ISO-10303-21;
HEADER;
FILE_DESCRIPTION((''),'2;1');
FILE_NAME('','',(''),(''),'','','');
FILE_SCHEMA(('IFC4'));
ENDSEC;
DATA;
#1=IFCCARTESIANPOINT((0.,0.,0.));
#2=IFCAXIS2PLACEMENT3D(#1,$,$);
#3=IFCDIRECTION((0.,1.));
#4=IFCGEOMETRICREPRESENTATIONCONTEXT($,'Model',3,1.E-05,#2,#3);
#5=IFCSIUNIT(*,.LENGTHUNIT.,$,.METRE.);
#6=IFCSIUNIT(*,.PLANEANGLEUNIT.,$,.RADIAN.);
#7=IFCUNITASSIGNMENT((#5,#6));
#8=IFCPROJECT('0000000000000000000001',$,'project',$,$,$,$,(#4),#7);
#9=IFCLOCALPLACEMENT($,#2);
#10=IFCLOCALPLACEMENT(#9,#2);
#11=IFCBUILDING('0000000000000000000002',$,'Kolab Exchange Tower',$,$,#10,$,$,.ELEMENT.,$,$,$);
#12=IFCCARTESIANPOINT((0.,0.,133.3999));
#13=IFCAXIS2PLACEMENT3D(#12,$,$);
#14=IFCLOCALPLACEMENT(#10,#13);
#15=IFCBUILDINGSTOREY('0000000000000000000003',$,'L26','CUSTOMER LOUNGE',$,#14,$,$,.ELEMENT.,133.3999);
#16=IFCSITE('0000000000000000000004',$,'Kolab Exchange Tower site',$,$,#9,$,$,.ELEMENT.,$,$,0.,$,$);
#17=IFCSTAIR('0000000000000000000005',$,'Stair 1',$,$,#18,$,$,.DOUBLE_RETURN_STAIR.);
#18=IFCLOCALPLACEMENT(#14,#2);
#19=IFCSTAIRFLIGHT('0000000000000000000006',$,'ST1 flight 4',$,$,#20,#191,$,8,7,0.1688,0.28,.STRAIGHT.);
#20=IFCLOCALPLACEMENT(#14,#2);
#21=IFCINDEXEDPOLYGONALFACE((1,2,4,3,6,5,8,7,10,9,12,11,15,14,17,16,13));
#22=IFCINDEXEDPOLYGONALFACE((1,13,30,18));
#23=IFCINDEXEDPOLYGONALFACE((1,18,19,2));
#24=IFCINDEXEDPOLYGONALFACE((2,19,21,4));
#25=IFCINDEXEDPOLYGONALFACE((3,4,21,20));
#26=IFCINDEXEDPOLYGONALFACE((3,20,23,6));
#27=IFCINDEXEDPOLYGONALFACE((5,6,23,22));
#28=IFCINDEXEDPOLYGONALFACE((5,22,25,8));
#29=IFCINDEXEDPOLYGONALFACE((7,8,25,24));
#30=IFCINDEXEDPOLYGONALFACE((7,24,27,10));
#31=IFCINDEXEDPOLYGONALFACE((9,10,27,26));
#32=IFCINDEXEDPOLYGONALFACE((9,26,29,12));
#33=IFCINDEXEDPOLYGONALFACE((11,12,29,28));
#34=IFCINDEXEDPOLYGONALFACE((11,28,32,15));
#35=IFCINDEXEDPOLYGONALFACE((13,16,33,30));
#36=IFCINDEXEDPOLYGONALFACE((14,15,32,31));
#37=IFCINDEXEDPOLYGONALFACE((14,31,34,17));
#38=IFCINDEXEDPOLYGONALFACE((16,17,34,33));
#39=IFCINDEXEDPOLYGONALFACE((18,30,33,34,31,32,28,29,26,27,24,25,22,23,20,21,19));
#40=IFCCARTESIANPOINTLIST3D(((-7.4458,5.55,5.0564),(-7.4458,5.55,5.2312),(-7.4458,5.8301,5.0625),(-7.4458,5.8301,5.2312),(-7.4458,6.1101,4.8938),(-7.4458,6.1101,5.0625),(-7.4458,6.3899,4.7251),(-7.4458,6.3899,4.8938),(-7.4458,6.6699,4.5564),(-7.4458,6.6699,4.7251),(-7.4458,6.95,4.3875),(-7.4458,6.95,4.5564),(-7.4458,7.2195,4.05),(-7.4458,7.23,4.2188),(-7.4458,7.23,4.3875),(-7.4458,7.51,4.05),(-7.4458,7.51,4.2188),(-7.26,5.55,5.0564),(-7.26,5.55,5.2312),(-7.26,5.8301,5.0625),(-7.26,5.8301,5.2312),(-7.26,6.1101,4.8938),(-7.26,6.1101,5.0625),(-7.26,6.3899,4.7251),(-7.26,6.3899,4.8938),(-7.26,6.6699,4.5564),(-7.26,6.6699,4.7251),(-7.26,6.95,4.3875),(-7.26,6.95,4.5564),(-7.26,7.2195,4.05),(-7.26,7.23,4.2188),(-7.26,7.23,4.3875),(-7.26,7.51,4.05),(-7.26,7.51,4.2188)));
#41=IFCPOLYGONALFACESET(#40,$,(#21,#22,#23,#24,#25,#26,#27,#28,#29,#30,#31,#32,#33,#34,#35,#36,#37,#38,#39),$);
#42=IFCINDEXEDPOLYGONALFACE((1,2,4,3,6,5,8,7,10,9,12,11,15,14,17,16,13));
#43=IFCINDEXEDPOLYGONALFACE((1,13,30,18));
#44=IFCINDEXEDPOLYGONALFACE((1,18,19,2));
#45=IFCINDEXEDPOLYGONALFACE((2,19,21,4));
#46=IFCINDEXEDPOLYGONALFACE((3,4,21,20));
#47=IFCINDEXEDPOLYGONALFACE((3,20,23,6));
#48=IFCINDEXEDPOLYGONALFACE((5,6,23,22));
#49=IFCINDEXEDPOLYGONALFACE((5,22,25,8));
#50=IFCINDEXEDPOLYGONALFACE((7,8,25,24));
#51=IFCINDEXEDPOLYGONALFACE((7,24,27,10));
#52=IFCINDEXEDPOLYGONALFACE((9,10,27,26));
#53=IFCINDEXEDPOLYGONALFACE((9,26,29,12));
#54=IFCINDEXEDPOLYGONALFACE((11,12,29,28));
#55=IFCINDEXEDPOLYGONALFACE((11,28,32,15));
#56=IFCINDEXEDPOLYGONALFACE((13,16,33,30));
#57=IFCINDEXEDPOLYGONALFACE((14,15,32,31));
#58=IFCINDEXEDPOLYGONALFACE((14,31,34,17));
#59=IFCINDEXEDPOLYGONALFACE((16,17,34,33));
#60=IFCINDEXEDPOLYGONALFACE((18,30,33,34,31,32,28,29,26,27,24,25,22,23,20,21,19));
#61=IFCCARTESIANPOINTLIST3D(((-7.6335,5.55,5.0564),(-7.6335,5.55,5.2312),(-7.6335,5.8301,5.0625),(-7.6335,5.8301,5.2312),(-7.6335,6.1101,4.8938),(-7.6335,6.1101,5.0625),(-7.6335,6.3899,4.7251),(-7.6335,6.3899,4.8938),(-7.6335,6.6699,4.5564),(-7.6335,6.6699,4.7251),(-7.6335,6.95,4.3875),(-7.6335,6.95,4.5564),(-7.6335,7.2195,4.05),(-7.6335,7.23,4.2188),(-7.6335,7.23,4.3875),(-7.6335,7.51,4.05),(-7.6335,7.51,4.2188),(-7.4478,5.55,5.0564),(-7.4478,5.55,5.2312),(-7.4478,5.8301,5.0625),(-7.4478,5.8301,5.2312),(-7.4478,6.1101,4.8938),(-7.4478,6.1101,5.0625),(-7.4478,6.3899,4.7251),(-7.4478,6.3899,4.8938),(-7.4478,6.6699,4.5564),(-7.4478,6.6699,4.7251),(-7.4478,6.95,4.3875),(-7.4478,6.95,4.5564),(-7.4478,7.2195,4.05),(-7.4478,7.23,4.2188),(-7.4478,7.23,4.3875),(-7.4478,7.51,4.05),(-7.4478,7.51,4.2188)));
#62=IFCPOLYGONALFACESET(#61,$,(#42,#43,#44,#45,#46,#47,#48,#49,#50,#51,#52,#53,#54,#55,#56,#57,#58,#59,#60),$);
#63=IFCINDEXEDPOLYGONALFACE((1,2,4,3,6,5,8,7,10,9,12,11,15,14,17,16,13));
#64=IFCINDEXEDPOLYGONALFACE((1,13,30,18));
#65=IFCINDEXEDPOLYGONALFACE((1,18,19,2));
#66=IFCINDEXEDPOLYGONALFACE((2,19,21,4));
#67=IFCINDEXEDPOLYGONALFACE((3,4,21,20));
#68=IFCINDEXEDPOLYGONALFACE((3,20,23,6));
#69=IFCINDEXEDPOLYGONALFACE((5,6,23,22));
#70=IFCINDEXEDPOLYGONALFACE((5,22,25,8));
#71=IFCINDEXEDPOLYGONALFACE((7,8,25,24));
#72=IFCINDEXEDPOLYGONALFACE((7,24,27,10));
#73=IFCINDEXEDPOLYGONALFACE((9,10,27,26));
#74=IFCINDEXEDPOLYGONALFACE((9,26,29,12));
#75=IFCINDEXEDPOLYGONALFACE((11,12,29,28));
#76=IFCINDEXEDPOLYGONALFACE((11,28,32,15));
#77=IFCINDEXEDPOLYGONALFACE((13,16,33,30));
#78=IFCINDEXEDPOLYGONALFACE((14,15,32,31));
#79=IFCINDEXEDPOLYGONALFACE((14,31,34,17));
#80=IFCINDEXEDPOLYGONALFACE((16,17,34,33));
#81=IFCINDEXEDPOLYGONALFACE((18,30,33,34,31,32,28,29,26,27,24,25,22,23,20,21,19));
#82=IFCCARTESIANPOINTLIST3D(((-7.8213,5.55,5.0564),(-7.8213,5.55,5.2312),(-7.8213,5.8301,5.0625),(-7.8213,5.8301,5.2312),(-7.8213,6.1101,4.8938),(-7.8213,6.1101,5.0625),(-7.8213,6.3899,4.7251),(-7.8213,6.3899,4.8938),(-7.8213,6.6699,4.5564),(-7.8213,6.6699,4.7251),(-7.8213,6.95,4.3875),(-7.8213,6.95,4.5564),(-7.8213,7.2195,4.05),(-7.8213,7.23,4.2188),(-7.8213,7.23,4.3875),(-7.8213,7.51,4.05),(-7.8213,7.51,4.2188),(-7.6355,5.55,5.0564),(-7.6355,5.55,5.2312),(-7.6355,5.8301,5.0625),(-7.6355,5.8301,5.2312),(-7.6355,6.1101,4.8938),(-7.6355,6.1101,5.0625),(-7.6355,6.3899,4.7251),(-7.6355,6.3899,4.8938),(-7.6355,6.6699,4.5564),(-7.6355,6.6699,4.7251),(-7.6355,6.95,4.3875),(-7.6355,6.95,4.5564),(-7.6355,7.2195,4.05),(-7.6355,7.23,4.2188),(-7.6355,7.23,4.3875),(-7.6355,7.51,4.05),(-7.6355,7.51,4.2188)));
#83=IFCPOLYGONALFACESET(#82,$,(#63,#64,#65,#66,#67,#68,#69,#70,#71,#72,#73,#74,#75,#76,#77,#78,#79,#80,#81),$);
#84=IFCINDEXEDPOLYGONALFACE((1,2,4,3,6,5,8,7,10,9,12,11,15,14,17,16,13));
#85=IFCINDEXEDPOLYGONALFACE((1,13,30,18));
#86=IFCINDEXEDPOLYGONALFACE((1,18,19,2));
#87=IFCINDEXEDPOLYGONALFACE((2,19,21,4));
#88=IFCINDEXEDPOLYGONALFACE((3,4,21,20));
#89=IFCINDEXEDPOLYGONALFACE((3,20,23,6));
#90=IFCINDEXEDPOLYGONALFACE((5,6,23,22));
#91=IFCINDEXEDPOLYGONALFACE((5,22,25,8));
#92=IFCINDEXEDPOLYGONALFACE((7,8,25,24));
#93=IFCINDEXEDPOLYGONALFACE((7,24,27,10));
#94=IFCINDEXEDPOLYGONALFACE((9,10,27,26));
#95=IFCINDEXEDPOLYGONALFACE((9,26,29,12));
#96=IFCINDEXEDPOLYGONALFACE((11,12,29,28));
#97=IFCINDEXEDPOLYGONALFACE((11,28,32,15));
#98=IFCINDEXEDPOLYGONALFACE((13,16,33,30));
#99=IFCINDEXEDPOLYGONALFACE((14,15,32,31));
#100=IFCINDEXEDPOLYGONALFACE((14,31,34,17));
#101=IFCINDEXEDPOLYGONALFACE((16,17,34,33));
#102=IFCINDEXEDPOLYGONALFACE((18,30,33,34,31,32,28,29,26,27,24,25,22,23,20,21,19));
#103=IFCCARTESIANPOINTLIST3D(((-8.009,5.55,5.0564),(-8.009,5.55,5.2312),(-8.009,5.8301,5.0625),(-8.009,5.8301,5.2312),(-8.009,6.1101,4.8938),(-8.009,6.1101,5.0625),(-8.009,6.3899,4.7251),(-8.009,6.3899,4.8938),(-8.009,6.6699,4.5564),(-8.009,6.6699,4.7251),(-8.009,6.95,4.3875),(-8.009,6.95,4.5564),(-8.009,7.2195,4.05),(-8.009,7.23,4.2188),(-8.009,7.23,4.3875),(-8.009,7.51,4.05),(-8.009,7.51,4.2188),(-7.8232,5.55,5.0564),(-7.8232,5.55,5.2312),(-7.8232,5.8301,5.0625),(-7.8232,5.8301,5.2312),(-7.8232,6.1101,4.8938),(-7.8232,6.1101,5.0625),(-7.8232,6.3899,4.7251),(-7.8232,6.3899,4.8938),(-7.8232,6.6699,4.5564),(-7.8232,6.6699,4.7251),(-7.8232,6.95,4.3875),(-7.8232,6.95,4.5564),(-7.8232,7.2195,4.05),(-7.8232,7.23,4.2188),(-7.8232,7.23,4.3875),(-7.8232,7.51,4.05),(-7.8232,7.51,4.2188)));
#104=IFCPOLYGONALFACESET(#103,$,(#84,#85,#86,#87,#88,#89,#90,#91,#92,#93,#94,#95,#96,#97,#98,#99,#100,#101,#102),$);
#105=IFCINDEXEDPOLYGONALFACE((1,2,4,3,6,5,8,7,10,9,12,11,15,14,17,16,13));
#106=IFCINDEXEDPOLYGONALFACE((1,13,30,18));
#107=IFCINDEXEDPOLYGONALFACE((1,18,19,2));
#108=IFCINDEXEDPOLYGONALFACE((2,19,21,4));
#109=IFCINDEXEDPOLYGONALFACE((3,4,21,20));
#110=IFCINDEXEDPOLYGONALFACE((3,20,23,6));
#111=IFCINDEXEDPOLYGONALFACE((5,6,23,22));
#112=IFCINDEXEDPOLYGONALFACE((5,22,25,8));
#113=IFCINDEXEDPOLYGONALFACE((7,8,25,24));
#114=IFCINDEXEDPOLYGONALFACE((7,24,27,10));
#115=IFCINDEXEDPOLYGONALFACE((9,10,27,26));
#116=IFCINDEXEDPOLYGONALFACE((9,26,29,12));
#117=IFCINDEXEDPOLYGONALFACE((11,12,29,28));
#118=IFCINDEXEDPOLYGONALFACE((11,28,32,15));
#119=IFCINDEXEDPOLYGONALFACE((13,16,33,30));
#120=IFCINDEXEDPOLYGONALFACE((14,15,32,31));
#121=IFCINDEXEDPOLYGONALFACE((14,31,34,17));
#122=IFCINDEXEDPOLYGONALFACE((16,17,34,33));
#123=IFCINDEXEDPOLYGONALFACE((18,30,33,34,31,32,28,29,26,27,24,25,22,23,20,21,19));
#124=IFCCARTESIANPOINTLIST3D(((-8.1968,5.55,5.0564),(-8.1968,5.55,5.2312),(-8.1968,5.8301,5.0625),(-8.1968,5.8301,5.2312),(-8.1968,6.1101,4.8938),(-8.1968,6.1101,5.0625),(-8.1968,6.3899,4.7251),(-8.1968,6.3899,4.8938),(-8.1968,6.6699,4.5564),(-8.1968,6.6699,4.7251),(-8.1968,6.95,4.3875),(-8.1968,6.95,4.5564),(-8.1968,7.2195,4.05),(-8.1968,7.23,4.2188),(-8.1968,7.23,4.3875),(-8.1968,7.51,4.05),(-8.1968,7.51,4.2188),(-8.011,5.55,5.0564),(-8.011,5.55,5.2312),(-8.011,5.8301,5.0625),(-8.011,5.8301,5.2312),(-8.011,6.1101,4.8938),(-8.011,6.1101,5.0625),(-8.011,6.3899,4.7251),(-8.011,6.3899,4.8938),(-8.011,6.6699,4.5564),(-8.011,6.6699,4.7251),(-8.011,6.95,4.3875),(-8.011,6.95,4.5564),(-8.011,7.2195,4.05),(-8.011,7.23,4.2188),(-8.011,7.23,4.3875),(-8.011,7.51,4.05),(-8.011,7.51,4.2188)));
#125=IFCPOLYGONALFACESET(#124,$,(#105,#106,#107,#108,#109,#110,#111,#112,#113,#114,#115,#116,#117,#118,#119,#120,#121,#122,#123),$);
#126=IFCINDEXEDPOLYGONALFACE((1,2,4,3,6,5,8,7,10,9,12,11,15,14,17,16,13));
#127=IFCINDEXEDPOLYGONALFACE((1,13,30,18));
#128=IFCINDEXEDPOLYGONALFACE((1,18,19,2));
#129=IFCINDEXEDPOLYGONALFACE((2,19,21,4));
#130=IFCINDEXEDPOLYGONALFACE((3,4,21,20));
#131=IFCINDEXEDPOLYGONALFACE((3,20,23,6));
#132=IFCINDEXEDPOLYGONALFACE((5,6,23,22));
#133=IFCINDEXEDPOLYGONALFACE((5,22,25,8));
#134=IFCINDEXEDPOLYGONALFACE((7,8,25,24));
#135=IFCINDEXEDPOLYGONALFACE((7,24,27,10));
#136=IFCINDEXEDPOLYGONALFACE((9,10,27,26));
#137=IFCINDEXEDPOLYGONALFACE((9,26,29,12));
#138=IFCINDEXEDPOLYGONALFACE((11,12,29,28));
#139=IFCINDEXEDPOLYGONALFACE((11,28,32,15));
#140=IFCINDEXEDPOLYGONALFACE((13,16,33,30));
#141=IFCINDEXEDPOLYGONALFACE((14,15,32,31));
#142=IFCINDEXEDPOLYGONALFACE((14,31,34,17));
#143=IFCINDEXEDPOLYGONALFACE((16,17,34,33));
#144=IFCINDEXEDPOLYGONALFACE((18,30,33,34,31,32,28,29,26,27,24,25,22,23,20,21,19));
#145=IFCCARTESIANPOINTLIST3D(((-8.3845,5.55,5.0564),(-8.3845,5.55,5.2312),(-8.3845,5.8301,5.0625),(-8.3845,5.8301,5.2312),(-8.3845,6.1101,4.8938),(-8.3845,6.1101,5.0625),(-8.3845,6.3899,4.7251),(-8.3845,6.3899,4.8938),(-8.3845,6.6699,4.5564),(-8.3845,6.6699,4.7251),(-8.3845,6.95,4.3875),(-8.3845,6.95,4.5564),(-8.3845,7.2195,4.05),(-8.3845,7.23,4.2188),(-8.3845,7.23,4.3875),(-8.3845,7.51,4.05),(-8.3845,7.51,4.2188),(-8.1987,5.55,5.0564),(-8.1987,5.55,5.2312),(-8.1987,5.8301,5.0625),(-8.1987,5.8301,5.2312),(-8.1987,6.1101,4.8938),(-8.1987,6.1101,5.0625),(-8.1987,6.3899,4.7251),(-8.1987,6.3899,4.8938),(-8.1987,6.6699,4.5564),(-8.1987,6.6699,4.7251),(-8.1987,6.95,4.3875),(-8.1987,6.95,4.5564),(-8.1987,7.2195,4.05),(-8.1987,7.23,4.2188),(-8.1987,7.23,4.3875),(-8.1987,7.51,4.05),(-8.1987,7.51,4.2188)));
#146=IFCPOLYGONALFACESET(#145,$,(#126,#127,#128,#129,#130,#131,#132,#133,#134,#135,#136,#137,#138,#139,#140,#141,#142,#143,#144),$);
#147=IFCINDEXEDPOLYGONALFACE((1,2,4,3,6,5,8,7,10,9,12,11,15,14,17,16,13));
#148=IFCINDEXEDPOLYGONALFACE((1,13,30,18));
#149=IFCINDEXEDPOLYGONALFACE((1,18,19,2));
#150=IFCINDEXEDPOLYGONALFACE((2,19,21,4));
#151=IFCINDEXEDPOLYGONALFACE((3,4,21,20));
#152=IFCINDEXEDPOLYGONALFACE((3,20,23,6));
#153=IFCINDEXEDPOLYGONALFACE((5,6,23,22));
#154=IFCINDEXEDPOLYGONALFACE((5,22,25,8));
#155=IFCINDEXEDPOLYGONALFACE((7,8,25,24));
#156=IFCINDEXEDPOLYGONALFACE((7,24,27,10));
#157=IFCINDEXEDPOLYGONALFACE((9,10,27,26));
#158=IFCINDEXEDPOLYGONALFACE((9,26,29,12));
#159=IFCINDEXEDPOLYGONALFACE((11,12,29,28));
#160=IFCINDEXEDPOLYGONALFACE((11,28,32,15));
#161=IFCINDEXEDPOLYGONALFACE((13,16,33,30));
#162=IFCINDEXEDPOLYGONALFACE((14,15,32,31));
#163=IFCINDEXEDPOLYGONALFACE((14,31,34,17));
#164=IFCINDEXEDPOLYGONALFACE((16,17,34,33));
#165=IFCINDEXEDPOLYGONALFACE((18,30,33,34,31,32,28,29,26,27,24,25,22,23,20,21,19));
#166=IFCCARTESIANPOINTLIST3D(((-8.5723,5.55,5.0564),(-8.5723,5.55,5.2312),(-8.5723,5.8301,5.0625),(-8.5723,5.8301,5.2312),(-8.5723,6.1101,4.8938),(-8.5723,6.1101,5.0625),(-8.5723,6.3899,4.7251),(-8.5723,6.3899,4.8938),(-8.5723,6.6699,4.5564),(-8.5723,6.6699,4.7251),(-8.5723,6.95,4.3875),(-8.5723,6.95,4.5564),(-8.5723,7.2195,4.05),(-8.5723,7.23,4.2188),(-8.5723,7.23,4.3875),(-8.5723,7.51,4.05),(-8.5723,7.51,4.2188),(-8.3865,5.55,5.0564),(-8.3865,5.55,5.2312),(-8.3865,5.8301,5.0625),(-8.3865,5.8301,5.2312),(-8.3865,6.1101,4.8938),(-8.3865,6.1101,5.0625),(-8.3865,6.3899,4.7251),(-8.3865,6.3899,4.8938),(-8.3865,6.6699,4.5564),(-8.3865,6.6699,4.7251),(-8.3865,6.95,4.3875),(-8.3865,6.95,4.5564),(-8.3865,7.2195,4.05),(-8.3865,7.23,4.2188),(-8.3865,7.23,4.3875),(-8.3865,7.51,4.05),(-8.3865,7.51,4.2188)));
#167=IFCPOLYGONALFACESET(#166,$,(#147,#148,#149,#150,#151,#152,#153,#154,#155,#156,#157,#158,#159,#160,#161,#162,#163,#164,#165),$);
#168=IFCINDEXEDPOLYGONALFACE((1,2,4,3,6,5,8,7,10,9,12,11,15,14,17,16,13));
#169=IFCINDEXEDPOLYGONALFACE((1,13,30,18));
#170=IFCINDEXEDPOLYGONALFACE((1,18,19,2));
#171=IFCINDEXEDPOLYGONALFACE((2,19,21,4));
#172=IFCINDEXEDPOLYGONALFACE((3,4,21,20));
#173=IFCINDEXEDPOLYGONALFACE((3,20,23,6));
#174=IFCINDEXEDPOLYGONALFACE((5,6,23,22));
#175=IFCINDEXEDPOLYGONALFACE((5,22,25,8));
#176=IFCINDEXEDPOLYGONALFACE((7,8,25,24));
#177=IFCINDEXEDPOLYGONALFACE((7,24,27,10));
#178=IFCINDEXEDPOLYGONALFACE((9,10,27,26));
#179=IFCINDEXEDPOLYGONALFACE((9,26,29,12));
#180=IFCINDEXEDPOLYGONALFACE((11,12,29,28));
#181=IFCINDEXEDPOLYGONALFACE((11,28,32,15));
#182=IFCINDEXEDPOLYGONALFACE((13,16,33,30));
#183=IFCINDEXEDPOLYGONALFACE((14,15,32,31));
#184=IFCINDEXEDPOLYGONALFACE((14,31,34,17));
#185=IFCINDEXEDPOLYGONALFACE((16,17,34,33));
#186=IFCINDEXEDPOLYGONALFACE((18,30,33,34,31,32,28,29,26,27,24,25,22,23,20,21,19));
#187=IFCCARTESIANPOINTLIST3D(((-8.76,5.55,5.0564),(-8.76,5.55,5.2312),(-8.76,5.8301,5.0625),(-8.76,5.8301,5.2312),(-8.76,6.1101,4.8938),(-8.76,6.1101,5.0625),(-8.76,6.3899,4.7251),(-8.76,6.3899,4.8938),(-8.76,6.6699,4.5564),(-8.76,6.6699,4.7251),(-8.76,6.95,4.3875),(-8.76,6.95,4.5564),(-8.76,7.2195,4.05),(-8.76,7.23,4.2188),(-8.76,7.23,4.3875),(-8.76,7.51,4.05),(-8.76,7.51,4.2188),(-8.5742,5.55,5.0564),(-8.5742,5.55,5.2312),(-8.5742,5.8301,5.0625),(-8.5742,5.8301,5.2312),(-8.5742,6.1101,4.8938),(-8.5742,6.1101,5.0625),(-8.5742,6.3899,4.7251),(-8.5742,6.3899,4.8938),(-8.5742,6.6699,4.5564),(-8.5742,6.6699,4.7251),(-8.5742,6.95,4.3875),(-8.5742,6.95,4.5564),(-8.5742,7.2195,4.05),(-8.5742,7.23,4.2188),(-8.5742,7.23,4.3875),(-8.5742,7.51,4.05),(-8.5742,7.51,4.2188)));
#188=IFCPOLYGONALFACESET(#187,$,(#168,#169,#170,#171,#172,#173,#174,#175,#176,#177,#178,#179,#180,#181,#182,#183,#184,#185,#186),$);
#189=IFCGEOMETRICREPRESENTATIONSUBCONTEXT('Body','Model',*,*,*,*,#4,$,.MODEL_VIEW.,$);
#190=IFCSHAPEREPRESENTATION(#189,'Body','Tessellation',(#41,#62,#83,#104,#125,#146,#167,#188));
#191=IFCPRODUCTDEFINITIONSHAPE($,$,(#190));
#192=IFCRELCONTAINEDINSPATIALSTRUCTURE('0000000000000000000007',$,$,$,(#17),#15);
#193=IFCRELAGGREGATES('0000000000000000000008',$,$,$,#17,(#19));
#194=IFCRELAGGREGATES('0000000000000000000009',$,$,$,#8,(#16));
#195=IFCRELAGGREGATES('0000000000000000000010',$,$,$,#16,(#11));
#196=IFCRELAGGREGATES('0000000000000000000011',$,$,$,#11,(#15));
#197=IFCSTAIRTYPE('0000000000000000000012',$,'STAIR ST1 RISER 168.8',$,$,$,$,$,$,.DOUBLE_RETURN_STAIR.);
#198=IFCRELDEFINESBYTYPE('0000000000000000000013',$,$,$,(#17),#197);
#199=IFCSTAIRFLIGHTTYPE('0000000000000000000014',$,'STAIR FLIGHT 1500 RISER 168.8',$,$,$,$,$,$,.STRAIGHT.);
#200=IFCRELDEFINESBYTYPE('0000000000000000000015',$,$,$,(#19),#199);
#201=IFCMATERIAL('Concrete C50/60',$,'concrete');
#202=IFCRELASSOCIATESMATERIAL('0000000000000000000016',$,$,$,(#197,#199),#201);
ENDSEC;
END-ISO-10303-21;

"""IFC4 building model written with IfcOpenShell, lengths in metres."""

from ifc_helpers import new_model, si_unit, direction, frame, origin, place, context, subcontext, project, spatial, polyline, outline, extrude, material, type_object, element, aggregate, save


model = new_model("IFC4")

# Units and contexts
model_context = context("Model", 3, precision=1e-05, world=origin(), true_north=direction((0.0, 1.0)))
body_context = subcontext(model_context, "Body", "Model", "MODEL_VIEW")
ifc_project = project(units=[si_unit("LENGTHUNIT", "METRE"), si_unit("PLANEANGLEUNIT", "RADIAN")], contexts=[model_context])

# Site, building, storey
site_placement = place(None, origin())
site = spatial("IfcSite", under=ifc_project, at=site_placement, Name="Kolab Exchange Tower site", CompositionType="ELEMENT", RefElevation=0.0)
building_placement = place(site_placement, origin())
building = spatial("IfcBuilding", under=site, at=building_placement, Name="Kolab Exchange Tower", CompositionType="ELEMENT")
storey_placement = place(building_placement, frame((0.0, 0.0, 133.3999)))
storey = spatial("IfcBuildingStorey", under=building, at=storey_placement, Name="L26", Description="CUSTOMER LOUNGE", CompositionType="ELEMENT", Elevation=133.3999)

# Shared definitions
ifc_material_1 = material(Name="Concrete C50/60", Category="concrete")

# Stair, stair flight
stair_type = type_object("IfcStairType", Name="STAIR ST1 RISER 168.8", PredefinedType="DOUBLE_RETURN_STAIR", material=ifc_material_1)
stair_placement = place(storey_placement, origin())
stair = element("IfcStair", 1, at=stair_placement, inside=storey, type_object=stair_type, Name="Stair 1", PredefinedType="DOUBLE_RETURN_STAIR")
stair_flight_type = type_object("IfcStairFlightType", Name="STAIR FLIGHT 1500 RISER 168.8", PredefinedType="STRAIGHT", material=ifc_material_1)
stair_flight_1_placement = place(storey_placement, frame((-8.01, 7.51, 4.05), z_axis=(0.0, 0.0, 1.0), x_axis=(0.0, -1.0, 0.0)))
stair_flight_1 = element("IfcStairFlight", 2, at=stair_flight_1_placement, type_object=stair_flight_type, Name="ST1 flight 4", NumberOfRisers=8, NumberOfTreads=7, PredefinedType="STRAIGHT", RiserHeight=0.1688, TreadLength=0.28, context=body_context, shape_type="SweptSolid", body=[
    extrude(outline(polyline([(0.0, 0.0), (0.0, 0.1687), (0.28, 0.1687), (0.28, 0.3374), (0.5601, 0.3374), (0.5601, 0.5063), (0.8401, 0.5063), (0.8401, 0.675), (1.1201, 0.675), (1.1201, 0.8438), (1.3999, 0.8438), (1.3999, 1.0125), (1.6799, 1.0125), (1.6799, 1.1812), (1.96, 1.1812), (1.96, 1.3501), (1.96, 1.0063), (0.2905, 0.0), (0.0, 0.0)])), frame((0.0, 0.75, 0.0), z_axis=(0.0, -1.0, 0.0), x_axis=(1.0, 0.0, 0.0)), (0.0, 0.0, 1.0), 0.1858),
    extrude(outline(polyline([(0.0, 0.0), (0.0, 0.1687), (0.28, 0.1687), (0.28, 0.3374), (0.5601, 0.3374), (0.5601, 0.5063), (0.8401, 0.5063), (0.8401, 0.675), (1.1201, 0.675), (1.1201, 0.8438), (1.3999, 0.8438), (1.3999, 1.0125), (1.6799, 1.0125), (1.6799, 1.1812), (1.96, 1.1812), (1.96, 1.3501), (1.96, 1.0063), (0.2905, 0.0), (0.0, 0.0)])), frame((0.0, 0.5623, 0.0), z_axis=(0.0, -1.0, 0.0), x_axis=(1.0, 0.0, 0.0)), (0.0, 0.0, 1.0), 0.1858),
    extrude(outline(polyline([(0.0, 0.0), (0.0, 0.1687), (0.28, 0.1687), (0.28, 0.3374), (0.5601, 0.3374), (0.5601, 0.5063), (0.8401, 0.5063), (0.8401, 0.675), (1.1201, 0.675), (1.1201, 0.8438), (1.3999, 0.8438), (1.3999, 1.0125), (1.6799, 1.0125), (1.6799, 1.1812), (1.96, 1.1812), (1.96, 1.3501), (1.96, 1.0063), (0.2905, 0.0), (0.0, 0.0)])), frame((0.0, 0.3745, 0.0), z_axis=(0.0, -1.0, 0.0), x_axis=(1.0, 0.0, 0.0)), (0.0, 0.0, 1.0), 0.1858),
    extrude(outline(polyline([(0.0, 0.0), (0.0, 0.1687), (0.28, 0.1687), (0.28, 0.3374), (0.5601, 0.3374), (0.5601, 0.5063), (0.8401, 0.5063), (0.8401, 0.675), (1.1201, 0.675), (1.1201, 0.8438), (1.3999, 0.8438), (1.3999, 1.0125), (1.6799, 1.0125), (1.6799, 1.1812), (1.96, 1.1812), (1.96, 1.3501), (1.96, 1.0063), (0.2905, 0.0), (0.0, 0.0)])), frame((0.0, 0.1868, 0.0), z_axis=(0.0, -1.0, 0.0), x_axis=(1.0, 0.0, 0.0)), (0.0, 0.0, 1.0), 0.1858),
    extrude(outline(polyline([(0.0, 0.0), (0.0, 0.1687), (0.28, 0.1687), (0.28, 0.3374), (0.5601, 0.3374), (0.5601, 0.5063), (0.8401, 0.5063), (0.8401, 0.675), (1.1201, 0.675), (1.1201, 0.8438), (1.3999, 0.8438), (1.3999, 1.0125), (1.6799, 1.0125), (1.6799, 1.1812), (1.96, 1.1812), (1.96, 1.3501), (1.96, 1.0063), (0.2905, 0.0), (0.0, 0.0)])), frame((0.0, -0.001, 0.0), z_axis=(0.0, -1.0, 0.0), x_axis=(1.0, 0.0, 0.0)), (0.0, 0.0, 1.0), 0.1858),
    extrude(outline(polyline([(0.0, 0.0), (0.0, 0.1687), (0.28, 0.1687), (0.28, 0.3374), (0.5601, 0.3374), (0.5601, 0.5063), (0.8401, 0.5063), (0.8401, 0.675), (1.1201, 0.675), (1.1201, 0.8438), (1.3999, 0.8438), (1.3999, 1.0125), (1.6799, 1.0125), (1.6799, 1.1812), (1.96, 1.1812), (1.96, 1.3501), (1.96, 1.0063), (0.2905, 0.0), (0.0, 0.0)])), frame((0.0, -0.1887, 0.0), z_axis=(0.0, -1.0, 0.0), x_axis=(1.0, 0.0, 0.0)), (0.0, 0.0, 1.0), 0.1858),
    extrude(outline(polyline([(0.0, 0.0), (0.0, 0.1687), (0.28, 0.1687), (0.28, 0.3374), (0.5601, 0.3374), (0.5601, 0.5063), (0.8401, 0.5063), (0.8401, 0.675), (1.1201, 0.675), (1.1201, 0.8438), (1.3999, 0.8438), (1.3999, 1.0125), (1.6799, 1.0125), (1.6799, 1.1812), (1.96, 1.1812), (1.96, 1.3501), (1.96, 1.0063), (0.2905, 0.0), (0.0, 0.0)])), frame((0.0, -0.3765, 0.0), z_axis=(0.0, -1.0, 0.0), x_axis=(1.0, 0.0, 0.0)), (0.0, 0.0, 1.0), 0.1858),
    extrude(outline(polyline([(0.0, 0.0), (0.0, 0.1687), (0.28, 0.1687), (0.28, 0.3374), (0.5601, 0.3374), (0.5601, 0.5063), (0.8401, 0.5063), (0.8401, 0.675), (1.1201, 0.675), (1.1201, 0.8438), (1.3999, 0.8438), (1.3999, 1.0125), (1.6799, 1.0125), (1.6799, 1.1812), (1.96, 1.1812), (1.96, 1.3501), (1.96, 1.0063), (0.2905, 0.0), (0.0, 0.0)])), frame((0.0, -0.5642, 0.0), z_axis=(0.0, -1.0, 0.0), x_axis=(1.0, 0.0, 0.0)), (0.0, 0.0, 1.0), 0.1858),
])
aggregate(stair, [stair_flight_1])

save(model, "model.ifc")
